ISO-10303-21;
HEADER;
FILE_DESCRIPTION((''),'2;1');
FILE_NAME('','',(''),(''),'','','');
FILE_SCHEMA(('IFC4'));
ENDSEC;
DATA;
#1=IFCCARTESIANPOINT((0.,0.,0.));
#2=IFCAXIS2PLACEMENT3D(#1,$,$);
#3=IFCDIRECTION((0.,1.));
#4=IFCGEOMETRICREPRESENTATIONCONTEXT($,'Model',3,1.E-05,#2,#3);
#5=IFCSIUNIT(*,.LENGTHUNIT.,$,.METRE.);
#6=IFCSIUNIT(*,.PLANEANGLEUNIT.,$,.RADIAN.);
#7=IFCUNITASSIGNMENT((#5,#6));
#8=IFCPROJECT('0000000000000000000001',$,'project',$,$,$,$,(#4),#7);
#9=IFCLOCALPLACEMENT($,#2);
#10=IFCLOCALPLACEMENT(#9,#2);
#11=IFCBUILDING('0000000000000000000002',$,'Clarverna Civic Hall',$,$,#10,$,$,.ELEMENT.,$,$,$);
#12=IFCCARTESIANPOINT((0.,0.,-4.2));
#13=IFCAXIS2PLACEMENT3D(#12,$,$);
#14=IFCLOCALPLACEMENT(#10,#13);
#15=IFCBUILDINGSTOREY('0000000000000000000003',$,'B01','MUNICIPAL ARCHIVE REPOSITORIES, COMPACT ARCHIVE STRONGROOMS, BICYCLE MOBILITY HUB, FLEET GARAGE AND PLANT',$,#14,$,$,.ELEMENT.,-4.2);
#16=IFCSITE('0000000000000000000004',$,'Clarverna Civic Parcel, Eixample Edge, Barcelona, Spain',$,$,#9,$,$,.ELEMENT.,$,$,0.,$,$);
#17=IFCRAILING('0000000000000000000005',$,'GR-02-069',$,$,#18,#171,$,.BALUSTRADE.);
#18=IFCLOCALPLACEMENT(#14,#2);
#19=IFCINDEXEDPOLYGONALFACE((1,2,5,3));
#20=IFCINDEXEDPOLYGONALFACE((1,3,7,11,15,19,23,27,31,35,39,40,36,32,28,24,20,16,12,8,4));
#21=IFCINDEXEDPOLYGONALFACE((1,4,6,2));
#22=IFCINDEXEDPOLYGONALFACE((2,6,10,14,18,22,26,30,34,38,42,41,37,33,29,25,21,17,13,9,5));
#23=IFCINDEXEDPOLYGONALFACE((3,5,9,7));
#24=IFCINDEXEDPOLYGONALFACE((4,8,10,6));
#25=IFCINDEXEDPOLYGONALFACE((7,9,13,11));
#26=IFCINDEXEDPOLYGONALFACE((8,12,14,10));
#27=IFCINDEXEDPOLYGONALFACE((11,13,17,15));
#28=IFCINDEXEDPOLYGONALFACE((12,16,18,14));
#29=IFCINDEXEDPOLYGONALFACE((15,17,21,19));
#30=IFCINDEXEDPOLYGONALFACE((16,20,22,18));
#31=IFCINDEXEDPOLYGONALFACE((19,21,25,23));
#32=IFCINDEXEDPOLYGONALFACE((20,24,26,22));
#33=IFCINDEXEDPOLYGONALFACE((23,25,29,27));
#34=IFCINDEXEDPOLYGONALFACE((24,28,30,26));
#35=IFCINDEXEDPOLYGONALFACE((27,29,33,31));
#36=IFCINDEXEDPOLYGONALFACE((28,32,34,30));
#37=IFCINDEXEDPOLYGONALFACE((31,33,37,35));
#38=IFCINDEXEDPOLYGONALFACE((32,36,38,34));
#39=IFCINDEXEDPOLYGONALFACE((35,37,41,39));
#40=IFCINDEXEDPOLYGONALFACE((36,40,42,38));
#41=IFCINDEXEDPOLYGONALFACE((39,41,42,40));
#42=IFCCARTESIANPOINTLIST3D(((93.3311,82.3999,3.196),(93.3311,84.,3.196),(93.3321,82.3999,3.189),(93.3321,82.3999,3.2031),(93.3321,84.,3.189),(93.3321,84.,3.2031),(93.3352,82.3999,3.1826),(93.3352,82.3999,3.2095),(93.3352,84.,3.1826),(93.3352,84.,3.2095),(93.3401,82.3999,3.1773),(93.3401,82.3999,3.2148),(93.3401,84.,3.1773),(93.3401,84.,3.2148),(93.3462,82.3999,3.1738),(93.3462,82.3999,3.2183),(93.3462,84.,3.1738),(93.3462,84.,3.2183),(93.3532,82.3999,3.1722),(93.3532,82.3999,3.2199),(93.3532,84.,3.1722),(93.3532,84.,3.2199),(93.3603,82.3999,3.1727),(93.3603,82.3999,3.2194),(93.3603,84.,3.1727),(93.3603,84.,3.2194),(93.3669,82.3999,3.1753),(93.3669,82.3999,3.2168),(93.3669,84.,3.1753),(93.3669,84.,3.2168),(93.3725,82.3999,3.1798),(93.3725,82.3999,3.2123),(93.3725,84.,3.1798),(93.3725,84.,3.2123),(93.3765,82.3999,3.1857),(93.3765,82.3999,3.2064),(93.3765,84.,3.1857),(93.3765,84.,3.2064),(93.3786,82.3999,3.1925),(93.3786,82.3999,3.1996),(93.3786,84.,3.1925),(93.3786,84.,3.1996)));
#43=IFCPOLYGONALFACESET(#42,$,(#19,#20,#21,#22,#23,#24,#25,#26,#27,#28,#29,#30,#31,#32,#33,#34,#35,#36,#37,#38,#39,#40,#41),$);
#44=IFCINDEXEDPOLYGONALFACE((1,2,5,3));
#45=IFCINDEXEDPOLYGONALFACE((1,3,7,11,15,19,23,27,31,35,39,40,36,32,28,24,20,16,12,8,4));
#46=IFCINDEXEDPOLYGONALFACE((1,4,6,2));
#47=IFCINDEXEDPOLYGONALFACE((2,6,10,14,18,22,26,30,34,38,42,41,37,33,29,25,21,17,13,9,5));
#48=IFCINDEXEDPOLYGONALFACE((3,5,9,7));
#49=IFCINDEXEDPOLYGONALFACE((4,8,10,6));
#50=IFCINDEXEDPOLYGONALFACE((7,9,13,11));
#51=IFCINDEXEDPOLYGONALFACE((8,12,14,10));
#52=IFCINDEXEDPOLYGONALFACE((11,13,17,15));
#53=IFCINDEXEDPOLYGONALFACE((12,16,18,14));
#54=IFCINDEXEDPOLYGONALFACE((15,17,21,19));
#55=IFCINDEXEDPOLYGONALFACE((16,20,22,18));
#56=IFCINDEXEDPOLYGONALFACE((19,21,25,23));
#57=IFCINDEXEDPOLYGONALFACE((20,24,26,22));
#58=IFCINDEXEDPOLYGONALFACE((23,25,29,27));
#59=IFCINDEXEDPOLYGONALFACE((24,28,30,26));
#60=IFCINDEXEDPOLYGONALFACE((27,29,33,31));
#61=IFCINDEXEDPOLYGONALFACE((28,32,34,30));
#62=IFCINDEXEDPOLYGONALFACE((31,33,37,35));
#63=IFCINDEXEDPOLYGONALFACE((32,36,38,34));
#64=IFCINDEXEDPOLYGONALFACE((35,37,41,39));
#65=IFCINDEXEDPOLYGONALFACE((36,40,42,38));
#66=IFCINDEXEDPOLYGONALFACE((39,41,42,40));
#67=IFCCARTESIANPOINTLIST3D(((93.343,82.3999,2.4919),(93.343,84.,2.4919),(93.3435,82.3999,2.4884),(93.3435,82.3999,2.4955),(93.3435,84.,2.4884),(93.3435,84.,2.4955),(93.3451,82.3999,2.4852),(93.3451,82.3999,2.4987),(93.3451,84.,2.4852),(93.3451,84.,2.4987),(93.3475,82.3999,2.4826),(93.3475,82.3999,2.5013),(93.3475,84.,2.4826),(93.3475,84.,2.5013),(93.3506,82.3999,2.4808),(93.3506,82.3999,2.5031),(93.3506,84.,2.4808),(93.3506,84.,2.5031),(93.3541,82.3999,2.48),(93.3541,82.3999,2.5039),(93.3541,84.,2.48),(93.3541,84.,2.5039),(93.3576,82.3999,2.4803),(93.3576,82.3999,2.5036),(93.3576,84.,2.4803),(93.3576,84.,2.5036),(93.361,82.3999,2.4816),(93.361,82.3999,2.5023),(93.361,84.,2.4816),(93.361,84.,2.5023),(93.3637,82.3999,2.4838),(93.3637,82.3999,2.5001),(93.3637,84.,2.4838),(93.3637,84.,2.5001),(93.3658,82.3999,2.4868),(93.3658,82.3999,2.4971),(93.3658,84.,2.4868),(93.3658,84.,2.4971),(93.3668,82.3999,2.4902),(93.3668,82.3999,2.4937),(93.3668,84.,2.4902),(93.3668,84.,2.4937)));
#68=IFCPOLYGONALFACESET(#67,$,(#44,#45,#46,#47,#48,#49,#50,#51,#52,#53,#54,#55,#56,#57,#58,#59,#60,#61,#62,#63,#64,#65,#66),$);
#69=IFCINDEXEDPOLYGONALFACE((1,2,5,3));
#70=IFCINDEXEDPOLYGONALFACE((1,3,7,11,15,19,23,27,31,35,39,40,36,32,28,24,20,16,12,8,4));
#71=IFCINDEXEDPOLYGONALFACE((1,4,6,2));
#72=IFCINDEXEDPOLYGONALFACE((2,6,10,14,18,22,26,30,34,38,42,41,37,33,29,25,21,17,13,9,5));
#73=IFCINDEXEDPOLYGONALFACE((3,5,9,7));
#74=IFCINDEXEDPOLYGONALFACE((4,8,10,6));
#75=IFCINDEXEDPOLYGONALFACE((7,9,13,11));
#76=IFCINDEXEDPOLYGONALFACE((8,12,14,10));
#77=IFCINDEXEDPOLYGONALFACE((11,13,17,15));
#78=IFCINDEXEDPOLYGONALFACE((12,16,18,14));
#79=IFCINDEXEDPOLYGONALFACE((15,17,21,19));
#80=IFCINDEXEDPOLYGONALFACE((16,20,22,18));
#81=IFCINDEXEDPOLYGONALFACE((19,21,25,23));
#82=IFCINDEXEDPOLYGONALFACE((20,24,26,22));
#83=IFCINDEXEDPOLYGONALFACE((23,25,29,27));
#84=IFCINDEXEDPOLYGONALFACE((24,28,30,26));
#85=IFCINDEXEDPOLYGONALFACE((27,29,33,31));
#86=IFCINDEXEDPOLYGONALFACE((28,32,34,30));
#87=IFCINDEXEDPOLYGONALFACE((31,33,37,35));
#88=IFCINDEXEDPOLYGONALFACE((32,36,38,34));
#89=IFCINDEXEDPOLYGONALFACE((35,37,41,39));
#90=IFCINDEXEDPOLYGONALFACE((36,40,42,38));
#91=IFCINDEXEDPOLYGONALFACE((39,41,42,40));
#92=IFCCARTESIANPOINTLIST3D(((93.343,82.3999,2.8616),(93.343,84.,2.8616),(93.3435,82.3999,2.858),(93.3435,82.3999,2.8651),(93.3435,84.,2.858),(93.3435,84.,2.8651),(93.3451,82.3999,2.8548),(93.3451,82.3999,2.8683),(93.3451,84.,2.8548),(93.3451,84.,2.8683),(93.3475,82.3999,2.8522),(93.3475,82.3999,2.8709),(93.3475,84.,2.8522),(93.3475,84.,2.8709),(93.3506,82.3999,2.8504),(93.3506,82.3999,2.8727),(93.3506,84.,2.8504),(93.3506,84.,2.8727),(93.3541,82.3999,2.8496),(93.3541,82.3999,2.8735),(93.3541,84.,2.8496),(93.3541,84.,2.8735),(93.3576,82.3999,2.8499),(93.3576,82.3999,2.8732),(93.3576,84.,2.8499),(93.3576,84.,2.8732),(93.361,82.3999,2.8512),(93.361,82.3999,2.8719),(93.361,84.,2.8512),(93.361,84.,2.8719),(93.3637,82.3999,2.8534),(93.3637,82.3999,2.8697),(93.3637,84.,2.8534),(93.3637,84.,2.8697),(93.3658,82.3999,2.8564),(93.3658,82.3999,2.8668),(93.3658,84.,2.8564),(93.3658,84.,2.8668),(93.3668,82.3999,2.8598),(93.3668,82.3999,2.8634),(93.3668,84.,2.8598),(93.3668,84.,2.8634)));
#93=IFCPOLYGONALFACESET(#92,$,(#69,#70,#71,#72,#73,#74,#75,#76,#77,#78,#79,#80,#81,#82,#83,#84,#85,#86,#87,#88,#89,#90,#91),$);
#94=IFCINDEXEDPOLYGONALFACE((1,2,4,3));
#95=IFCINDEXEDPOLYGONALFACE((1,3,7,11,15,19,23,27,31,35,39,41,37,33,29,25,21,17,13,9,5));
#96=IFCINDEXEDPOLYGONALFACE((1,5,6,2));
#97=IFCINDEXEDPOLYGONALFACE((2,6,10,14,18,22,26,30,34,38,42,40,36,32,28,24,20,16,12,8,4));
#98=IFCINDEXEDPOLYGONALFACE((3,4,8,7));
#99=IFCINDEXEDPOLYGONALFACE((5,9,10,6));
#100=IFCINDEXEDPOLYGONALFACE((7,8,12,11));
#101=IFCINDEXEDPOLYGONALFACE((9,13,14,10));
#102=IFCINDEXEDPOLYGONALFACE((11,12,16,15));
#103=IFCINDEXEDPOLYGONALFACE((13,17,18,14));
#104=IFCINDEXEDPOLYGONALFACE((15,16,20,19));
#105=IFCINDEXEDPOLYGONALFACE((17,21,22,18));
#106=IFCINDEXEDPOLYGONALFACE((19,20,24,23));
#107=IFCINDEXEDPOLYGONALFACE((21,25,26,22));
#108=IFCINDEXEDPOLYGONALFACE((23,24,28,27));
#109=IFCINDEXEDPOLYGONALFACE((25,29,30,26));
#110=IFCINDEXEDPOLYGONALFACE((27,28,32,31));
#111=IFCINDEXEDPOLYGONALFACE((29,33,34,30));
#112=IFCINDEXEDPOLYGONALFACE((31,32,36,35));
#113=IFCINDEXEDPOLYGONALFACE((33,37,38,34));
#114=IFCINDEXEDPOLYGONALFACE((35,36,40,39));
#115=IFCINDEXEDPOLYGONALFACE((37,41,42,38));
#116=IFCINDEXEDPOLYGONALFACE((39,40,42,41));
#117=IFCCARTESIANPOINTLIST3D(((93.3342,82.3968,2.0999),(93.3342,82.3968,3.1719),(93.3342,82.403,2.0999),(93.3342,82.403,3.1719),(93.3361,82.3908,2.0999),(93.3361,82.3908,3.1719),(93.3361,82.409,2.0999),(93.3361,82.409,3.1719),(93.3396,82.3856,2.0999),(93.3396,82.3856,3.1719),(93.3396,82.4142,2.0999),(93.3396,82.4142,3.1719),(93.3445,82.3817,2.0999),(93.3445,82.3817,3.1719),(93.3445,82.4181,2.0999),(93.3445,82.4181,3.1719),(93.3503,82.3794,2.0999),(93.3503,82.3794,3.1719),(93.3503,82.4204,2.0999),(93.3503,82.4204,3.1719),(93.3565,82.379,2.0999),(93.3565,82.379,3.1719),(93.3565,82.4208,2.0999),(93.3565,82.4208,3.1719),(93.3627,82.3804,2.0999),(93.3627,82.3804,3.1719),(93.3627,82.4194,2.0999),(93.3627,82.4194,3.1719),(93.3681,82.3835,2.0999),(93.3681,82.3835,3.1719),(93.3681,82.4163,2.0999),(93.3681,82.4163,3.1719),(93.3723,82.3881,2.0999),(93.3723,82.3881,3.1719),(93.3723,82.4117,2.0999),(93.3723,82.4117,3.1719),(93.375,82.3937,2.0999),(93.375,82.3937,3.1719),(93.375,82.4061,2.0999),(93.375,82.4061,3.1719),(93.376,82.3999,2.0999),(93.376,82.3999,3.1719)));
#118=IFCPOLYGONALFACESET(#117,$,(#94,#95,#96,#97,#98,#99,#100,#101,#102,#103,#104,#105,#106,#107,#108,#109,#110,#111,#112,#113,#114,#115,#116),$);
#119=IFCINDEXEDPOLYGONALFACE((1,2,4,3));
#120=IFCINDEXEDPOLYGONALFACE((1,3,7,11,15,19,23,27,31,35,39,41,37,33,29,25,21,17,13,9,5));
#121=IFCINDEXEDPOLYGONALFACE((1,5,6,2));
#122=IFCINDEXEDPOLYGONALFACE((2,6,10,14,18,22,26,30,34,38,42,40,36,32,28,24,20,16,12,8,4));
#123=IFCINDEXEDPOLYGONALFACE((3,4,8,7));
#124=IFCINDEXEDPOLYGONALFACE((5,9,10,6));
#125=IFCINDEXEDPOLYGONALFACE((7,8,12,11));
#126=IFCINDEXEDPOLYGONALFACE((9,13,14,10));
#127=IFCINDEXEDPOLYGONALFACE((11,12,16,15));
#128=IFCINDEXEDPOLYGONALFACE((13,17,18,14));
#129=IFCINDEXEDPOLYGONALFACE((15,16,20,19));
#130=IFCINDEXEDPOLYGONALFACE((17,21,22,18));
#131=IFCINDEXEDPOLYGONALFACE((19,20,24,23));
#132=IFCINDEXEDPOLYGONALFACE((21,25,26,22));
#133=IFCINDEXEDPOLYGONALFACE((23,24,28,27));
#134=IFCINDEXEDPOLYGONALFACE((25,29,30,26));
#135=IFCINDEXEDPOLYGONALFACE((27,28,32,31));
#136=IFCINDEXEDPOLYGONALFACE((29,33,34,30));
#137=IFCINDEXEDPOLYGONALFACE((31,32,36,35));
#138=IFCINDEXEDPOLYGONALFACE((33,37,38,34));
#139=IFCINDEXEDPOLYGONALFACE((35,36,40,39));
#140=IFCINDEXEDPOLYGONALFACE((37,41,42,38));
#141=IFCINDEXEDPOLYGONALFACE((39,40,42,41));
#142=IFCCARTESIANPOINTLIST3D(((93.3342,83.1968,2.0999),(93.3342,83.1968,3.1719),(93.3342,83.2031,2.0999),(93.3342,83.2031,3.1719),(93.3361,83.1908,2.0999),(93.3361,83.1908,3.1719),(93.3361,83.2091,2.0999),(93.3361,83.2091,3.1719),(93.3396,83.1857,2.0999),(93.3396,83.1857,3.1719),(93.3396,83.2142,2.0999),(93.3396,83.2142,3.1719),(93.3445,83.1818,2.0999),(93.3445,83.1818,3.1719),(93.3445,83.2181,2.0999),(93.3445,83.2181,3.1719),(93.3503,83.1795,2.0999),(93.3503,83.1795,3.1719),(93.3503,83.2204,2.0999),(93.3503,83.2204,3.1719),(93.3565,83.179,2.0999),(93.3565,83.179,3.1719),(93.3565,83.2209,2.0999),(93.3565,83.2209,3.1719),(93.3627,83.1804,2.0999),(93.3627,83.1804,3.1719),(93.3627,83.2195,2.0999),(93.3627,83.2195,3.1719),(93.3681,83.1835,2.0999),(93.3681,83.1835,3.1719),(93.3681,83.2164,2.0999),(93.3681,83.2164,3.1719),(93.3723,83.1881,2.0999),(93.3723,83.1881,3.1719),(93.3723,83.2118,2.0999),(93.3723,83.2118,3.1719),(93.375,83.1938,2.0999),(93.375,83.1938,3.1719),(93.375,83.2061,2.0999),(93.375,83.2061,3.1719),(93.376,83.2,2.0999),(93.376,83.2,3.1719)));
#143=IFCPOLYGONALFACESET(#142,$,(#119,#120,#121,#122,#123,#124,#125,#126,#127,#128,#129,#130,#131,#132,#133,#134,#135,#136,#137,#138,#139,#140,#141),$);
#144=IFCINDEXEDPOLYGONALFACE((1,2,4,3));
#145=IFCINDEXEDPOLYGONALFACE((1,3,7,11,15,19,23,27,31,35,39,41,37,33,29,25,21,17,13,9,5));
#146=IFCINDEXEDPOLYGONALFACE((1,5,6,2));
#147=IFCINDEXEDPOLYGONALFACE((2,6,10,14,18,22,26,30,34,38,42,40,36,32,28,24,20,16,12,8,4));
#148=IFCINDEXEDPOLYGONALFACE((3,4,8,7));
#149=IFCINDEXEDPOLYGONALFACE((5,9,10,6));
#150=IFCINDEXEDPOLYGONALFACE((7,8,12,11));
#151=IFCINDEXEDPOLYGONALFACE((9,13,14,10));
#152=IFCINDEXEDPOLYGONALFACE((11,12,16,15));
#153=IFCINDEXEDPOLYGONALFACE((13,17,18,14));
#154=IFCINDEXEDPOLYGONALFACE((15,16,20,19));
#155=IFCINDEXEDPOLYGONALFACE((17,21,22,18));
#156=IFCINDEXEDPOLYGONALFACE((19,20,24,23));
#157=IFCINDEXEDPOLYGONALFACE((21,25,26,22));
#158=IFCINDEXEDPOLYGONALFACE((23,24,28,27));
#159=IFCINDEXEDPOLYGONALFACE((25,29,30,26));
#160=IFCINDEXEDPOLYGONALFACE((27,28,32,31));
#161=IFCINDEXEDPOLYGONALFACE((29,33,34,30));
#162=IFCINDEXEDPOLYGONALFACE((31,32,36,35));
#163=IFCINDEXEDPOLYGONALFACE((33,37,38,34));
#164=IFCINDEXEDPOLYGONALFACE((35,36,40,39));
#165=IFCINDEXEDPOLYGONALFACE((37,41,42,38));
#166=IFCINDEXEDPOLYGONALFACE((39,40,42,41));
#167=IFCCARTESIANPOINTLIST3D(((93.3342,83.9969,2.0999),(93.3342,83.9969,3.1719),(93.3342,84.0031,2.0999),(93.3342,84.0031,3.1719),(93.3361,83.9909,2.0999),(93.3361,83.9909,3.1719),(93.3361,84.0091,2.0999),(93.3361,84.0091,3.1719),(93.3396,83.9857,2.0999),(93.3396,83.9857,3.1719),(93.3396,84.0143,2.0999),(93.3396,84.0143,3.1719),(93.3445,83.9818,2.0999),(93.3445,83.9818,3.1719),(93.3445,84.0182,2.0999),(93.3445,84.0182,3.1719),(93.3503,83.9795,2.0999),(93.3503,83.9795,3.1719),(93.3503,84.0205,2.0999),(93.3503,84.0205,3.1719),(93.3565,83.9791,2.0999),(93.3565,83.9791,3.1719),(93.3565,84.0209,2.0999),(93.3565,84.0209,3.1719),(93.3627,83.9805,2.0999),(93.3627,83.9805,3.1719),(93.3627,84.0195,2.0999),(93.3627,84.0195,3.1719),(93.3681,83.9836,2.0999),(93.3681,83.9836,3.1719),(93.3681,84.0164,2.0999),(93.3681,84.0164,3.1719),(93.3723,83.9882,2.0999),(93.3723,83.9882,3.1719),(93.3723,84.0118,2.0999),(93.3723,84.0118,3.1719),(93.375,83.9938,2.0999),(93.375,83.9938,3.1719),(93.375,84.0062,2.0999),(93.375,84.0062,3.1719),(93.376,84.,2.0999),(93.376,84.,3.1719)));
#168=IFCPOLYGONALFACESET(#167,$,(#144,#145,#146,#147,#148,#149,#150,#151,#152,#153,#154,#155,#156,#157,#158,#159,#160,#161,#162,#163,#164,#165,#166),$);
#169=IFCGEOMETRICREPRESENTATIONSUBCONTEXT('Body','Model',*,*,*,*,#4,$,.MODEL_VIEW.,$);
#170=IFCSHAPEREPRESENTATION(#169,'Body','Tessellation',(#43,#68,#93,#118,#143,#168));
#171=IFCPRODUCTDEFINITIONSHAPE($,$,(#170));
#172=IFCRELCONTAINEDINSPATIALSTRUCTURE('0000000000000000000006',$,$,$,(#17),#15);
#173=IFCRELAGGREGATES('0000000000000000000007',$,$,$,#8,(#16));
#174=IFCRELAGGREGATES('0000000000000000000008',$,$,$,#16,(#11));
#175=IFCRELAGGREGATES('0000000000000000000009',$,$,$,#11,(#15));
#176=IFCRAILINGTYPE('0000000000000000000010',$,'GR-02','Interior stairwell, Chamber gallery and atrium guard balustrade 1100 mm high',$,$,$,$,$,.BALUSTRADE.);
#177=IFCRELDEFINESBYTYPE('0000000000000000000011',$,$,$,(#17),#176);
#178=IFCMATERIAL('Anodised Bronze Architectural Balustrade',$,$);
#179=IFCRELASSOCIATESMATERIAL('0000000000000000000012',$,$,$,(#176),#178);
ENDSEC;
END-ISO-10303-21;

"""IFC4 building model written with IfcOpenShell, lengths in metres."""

from ifc_helpers import new_model, si_unit, direction, frame, origin, origin_2d, place, context, subcontext, project, spatial, circle, extrude, material, type_object, element, save


model = new_model("IFC4")

# Units and contexts
model_context = context("Model", 3, precision=1e-05, world=origin(), true_north=direction((0.0, 1.0)))
body_context = subcontext(model_context, "Body", "Model", "MODEL_VIEW")
ifc_project = project(units=[si_unit("LENGTHUNIT", "METRE"), si_unit("PLANEANGLEUNIT", "RADIAN")], contexts=[model_context])

# Site, building, storey
site_placement = place(None, origin())
site = spatial("IfcSite", under=ifc_project, at=site_placement, Name="Clarverna Civic Parcel, Eixample Edge, Barcelona, Spain", CompositionType="ELEMENT", RefElevation=0.0)
building_placement = place(site_placement, origin())
building = spatial("IfcBuilding", under=site, at=building_placement, Name="Clarverna Civic Hall", CompositionType="ELEMENT")
storey_placement = place(building_placement, frame((0.0, 0.0, -4.2)))
storey = spatial("IfcBuildingStorey", under=building, at=storey_placement, Name="B01", Description="MUNICIPAL ARCHIVE REPOSITORIES, COMPACT ARCHIVE STRONGROOMS, BICYCLE MOBILITY HUB, FLEET GARAGE AND PLANT", CompositionType="ELEMENT", Elevation=-4.2)

# Railing
ifc_material_1 = material(Name="Anodised Bronze Architectural Balustrade")
railing_type_1 = type_object("IfcRailingType", Name="GR-02", Description="Interior stairwell, Chamber gallery and atrium guard balustrade 1100 mm high", PredefinedType="BALUSTRADE", material=ifc_material_1)
railing_1_placement = place(storey_placement, frame((93.355, 82.3999, 2.0999)))
element("IfcRailing", 1, at=railing_1_placement, inside=storey, type_object=railing_type_1, Name="GR-02-069", PredefinedType="BALUSTRADE", context=body_context, shape_type="SweptSolid", body=[
    extrude(circle(Radius=0.0239, at=origin_2d()), frame((0.0, 0.0, 1.0962), z_axis=(0.0, 1.0, 0.0), x_axis=(-1.0, 0.0, 0.0)), (0.0, 0.0, 1.0), 1.6001),
    extrude(circle(Radius=0.012, at=origin_2d()), frame((0.0, 0.0, 0.3921), z_axis=(0.0, 1.0, 0.0), x_axis=(-1.0, 0.0, 0.0)), (0.0, 0.0, 1.0), 1.6001),
    extrude(circle(Radius=0.012, at=origin_2d()), frame((0.0, 0.0, 0.7617), z_axis=(0.0, 1.0, 0.0), x_axis=(-1.0, 0.0, 0.0)), (0.0, 0.0, 1.0), 1.6001),
    extrude(circle(Radius=0.021, at=origin_2d()), origin(), (0.0, 0.0, 1.0), 1.072),
    extrude(circle(Radius=0.021, at=origin_2d()), frame((0.0, 0.8, 0.0)), (0.0, 0.0, 1.0), 1.072),
    extrude(circle(Radius=0.021, at=origin_2d()), frame((0.0, 1.6001, 0.0)), (0.0, 0.0, 1.0), 1.072),
])

save(model, "model.ifc")
